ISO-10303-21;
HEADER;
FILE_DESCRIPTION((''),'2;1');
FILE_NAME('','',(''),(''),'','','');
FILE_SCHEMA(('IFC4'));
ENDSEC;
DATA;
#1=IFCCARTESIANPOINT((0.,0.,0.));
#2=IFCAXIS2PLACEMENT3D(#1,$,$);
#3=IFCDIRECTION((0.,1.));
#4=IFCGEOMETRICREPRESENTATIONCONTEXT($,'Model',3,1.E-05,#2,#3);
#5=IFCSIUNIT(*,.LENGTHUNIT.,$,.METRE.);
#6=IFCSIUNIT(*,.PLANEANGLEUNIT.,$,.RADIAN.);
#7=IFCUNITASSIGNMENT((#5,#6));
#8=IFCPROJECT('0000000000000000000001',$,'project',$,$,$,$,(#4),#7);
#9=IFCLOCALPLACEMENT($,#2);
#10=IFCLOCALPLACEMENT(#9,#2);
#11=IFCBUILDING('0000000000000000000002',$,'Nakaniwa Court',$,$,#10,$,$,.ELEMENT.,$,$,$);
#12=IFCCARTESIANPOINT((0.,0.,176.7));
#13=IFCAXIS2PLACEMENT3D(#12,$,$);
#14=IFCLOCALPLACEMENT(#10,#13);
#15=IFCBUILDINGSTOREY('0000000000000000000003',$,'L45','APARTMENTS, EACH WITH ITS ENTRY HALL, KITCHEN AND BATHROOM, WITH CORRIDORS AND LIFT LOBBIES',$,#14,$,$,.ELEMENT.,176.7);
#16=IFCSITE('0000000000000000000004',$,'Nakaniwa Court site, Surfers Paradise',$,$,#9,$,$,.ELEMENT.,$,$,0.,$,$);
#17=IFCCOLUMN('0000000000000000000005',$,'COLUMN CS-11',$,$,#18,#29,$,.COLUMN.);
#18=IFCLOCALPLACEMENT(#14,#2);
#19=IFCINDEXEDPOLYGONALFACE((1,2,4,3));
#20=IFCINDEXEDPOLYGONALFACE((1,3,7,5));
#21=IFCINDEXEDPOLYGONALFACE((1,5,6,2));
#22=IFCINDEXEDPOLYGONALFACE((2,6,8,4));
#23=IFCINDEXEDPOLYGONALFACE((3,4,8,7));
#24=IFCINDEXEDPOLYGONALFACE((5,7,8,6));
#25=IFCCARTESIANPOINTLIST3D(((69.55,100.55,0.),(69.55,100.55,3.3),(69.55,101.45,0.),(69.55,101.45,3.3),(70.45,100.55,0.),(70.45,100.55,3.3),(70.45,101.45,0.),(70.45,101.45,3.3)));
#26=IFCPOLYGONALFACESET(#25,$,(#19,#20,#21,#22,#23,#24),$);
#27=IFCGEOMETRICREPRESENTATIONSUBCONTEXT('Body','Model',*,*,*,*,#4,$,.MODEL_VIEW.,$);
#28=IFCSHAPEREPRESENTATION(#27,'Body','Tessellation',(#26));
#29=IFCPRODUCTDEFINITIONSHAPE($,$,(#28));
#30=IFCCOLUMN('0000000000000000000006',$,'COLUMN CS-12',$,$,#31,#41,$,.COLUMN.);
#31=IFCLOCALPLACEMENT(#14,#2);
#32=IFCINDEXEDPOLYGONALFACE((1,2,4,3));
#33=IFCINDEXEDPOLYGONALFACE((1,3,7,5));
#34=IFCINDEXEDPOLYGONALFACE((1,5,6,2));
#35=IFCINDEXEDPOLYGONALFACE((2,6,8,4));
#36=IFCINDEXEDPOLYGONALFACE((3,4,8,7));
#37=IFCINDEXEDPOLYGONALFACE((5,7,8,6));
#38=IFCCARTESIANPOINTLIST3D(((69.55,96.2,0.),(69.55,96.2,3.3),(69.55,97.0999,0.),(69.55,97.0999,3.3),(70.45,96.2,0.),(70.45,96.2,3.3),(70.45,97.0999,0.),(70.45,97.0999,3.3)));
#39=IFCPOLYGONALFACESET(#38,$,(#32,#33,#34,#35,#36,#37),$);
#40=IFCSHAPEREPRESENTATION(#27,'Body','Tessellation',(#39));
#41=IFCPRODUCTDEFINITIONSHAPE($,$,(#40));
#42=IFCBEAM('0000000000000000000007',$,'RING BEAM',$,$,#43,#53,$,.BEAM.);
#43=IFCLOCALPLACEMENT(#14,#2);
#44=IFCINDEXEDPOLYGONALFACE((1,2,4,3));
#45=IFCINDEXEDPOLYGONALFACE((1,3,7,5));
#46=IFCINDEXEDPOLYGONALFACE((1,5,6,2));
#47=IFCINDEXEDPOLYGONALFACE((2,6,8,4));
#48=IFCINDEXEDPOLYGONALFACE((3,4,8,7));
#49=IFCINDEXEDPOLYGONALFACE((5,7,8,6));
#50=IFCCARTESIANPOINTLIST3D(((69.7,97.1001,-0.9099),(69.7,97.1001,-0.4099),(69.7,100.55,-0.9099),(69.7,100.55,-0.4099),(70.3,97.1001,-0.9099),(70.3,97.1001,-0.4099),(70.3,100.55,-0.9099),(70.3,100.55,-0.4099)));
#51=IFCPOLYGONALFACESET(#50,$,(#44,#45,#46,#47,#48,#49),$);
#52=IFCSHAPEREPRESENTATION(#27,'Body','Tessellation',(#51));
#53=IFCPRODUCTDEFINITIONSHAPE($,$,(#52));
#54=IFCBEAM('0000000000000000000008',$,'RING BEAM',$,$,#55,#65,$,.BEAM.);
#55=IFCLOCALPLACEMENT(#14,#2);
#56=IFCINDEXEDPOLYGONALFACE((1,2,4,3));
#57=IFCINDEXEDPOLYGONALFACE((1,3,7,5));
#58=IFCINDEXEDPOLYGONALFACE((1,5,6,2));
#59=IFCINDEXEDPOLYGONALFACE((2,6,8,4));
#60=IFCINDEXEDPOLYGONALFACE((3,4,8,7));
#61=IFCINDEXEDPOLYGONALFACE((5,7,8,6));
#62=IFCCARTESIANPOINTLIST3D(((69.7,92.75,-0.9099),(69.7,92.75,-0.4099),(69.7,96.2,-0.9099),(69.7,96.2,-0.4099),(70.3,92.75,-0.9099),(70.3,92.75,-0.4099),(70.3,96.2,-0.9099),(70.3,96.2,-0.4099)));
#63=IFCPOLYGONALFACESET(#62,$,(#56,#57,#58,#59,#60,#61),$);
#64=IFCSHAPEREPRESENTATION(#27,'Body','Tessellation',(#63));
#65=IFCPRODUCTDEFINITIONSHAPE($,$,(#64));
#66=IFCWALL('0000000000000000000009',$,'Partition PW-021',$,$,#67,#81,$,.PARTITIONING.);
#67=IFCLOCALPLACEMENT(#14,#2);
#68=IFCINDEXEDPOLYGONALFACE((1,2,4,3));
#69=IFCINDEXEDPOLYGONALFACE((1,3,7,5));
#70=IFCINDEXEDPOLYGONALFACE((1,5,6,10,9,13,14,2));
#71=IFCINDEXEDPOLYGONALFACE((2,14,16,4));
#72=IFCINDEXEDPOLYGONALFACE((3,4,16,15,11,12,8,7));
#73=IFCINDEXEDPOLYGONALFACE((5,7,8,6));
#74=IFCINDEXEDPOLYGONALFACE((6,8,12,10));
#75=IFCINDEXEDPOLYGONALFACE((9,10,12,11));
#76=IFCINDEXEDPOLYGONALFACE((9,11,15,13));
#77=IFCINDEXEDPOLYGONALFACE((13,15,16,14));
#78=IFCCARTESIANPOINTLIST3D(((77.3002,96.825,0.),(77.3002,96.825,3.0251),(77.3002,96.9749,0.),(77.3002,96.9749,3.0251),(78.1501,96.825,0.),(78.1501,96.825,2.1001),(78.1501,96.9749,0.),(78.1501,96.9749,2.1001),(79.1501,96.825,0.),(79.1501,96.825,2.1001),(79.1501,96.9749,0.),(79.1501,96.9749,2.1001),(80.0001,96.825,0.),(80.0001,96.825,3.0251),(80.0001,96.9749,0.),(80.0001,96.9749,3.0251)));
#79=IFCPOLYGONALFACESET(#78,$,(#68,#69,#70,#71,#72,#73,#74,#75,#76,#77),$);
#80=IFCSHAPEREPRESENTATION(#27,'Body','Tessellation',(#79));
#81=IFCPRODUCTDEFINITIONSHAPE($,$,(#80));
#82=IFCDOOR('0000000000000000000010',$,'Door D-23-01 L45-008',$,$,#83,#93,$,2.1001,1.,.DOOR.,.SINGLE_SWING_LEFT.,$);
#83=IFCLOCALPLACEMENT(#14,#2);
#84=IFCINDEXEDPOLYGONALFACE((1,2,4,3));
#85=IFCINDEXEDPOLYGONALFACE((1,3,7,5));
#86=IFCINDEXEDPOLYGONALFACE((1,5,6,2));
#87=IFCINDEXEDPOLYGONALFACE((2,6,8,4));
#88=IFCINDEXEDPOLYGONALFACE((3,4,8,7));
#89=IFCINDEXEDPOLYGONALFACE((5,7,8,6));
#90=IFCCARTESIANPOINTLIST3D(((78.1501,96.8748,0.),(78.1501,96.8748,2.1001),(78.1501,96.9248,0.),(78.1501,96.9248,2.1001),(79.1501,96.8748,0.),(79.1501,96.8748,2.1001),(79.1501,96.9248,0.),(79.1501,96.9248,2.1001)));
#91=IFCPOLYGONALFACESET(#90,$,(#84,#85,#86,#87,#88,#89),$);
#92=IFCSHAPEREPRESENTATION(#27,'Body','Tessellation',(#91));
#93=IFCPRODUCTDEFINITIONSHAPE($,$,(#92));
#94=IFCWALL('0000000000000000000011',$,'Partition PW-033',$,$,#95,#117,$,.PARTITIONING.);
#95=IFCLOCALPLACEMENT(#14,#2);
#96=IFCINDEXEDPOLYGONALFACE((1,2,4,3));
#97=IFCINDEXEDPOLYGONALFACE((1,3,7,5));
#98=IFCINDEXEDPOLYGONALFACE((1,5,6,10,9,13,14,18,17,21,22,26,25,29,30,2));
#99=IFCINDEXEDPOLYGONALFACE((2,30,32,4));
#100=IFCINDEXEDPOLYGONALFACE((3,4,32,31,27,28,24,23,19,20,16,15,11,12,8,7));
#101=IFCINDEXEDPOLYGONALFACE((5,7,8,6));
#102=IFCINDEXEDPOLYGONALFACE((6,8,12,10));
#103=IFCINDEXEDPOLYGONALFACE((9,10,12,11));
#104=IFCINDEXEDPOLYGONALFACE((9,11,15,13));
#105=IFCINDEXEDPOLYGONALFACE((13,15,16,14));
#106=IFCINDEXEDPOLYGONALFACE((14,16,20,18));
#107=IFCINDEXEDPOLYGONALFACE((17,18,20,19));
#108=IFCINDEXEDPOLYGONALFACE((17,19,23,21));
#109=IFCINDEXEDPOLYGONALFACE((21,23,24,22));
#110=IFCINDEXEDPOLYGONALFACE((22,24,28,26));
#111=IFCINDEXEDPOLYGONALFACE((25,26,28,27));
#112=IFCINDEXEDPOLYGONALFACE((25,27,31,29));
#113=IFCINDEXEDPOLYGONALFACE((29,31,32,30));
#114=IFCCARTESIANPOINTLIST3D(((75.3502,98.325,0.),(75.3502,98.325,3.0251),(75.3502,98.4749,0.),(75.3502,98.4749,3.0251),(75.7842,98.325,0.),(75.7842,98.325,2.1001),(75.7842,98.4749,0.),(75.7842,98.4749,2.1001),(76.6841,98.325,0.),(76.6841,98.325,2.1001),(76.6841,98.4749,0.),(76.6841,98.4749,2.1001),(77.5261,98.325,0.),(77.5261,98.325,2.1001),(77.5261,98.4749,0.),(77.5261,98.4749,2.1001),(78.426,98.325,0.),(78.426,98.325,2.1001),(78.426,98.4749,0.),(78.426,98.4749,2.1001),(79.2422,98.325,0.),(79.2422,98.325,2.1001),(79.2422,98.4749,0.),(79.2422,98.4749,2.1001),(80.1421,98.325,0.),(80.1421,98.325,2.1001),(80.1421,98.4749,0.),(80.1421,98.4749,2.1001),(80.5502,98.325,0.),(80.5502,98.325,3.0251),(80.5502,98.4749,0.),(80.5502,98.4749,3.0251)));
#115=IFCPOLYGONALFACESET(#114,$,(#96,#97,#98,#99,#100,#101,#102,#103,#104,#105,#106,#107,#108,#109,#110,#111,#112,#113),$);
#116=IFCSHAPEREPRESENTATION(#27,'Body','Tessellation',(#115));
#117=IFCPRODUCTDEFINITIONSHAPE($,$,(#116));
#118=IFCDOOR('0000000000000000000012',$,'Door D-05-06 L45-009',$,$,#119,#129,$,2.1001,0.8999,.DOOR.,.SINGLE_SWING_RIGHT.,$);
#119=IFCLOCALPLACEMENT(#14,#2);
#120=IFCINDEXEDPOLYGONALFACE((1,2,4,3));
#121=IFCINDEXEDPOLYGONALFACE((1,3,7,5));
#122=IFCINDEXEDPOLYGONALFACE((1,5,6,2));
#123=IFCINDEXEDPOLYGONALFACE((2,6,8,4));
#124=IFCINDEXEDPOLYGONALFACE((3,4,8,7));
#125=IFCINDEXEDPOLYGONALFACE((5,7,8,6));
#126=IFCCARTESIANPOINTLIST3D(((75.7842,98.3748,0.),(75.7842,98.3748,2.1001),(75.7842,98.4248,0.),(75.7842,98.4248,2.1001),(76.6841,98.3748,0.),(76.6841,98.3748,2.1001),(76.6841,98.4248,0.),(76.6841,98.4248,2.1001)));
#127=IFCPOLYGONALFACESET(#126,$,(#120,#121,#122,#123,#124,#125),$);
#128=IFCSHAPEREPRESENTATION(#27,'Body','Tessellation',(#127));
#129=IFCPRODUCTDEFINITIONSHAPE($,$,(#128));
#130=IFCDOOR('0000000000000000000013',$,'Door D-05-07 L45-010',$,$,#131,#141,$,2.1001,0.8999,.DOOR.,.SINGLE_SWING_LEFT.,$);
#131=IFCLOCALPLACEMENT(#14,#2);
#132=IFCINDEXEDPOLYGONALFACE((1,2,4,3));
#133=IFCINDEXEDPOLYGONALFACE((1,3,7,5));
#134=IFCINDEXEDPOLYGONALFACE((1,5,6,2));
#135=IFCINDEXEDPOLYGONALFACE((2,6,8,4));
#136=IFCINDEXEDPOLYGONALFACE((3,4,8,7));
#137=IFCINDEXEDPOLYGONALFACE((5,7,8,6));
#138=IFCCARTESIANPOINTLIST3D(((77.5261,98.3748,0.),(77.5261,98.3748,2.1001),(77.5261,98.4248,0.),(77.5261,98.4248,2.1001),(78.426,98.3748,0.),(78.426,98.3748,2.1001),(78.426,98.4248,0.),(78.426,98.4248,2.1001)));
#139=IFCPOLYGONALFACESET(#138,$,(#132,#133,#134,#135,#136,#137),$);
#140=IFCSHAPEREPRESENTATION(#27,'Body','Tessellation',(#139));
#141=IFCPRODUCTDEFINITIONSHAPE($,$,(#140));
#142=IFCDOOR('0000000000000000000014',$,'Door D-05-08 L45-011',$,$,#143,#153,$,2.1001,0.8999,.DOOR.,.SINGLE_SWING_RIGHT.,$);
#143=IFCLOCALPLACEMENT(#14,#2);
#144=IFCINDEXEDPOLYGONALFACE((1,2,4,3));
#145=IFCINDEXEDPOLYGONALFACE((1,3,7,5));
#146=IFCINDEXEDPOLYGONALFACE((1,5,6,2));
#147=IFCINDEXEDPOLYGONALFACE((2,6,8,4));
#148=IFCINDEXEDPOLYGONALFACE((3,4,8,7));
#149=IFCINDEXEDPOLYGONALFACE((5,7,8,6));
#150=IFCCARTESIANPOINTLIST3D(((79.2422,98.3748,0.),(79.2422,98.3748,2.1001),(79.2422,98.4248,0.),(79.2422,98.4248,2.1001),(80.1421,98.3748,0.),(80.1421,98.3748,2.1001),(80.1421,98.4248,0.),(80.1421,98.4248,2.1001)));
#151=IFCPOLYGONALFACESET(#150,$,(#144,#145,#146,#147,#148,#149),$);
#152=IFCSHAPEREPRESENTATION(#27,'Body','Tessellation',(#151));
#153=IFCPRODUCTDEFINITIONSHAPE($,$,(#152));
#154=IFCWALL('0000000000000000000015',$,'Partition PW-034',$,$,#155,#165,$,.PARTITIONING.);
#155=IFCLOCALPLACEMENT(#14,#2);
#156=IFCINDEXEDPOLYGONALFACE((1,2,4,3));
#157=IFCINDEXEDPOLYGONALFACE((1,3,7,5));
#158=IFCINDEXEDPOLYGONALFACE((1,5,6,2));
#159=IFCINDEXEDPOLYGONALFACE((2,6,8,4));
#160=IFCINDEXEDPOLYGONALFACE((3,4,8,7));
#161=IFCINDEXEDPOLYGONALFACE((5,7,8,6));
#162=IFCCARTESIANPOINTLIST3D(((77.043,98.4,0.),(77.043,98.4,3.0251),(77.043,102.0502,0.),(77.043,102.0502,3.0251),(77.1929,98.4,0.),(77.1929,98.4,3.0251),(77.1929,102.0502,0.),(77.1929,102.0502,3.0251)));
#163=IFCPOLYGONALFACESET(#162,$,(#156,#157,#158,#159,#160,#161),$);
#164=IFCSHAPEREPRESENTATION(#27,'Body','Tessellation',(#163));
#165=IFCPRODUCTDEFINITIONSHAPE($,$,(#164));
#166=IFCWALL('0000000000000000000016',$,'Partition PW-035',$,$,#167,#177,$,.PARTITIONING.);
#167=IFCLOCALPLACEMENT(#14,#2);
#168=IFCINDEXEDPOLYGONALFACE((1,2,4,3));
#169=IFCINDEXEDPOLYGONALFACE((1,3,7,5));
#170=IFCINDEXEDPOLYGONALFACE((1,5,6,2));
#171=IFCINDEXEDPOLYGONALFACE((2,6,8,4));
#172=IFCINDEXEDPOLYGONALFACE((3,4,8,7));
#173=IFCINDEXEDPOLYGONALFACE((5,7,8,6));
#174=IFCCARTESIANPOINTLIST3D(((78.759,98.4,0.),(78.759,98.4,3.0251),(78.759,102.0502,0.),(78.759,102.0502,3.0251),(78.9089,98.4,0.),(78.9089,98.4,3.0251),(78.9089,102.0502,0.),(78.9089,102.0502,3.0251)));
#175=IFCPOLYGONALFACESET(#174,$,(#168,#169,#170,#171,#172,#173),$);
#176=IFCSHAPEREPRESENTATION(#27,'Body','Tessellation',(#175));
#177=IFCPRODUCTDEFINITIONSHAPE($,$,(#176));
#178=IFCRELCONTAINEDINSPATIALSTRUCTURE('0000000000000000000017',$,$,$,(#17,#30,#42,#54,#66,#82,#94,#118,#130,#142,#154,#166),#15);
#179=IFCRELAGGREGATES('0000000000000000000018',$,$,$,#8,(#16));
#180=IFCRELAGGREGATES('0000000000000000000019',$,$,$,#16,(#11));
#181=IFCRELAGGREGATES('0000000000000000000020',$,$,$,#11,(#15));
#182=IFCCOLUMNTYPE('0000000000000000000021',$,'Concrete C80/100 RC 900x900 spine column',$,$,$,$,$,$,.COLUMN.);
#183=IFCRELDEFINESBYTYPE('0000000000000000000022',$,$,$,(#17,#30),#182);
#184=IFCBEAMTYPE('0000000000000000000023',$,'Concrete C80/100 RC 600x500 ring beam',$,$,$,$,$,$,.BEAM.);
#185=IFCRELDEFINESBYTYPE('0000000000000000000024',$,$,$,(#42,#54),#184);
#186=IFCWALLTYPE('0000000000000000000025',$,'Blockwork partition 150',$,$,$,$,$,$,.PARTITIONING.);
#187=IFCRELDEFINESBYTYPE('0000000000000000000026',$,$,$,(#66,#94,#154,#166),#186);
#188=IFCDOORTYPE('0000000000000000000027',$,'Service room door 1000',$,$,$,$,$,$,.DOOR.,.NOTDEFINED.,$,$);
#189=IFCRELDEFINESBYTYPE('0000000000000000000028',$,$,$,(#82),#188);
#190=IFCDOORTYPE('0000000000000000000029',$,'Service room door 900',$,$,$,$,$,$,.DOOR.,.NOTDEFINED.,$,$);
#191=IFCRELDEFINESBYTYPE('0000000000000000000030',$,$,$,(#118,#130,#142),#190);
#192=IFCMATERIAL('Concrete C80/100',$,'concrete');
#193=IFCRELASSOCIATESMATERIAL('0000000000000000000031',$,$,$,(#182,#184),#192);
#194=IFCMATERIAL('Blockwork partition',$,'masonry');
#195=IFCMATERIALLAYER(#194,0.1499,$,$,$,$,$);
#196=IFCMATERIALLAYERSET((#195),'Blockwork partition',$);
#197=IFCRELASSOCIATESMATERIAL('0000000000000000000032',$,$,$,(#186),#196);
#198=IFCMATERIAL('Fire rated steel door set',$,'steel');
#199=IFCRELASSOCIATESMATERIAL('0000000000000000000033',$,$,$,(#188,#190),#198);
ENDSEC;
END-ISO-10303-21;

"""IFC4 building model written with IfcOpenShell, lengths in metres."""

from ifc_helpers import new_model, si_unit, direction, frame, frame_2d, origin, origin_2d, place, context, subcontext, project, spatial, rectangle, extrude, material, layer, layer_set, material_profile, profile_set, type_object, element, fill, save


model = new_model("IFC4")

# Units and contexts
model_context = context("Model", 3, precision=1e-05, world=origin(), true_north=direction((0.0, 1.0)))
body_context = subcontext(model_context, "Body", "Model", "MODEL_VIEW")
ifc_project = project(units=[si_unit("LENGTHUNIT", "METRE"), si_unit("PLANEANGLEUNIT", "RADIAN")], contexts=[model_context])

# Site, building, storey
site_placement = place(None, origin())
site = spatial("IfcSite", under=ifc_project, at=site_placement, Name="Nakaniwa Court site, Surfers Paradise", CompositionType="ELEMENT", RefElevation=0.0)
building_placement = place(site_placement, origin())
building = spatial("IfcBuilding", under=site, at=building_placement, Name="Nakaniwa Court", CompositionType="ELEMENT")
storey_placement = place(building_placement, frame((0.0, 0.0, 176.7)))
storey = spatial("IfcBuildingStorey", under=building, at=storey_placement, Name="L45", Description="APARTMENTS, EACH WITH ITS ENTRY HALL, KITCHEN AND BATHROOM, WITH CORRIDORS AND LIFT LOBBIES", CompositionType="ELEMENT", Elevation=176.7)

# Columns
ifc_material_1 = material(Name="Concrete C80/100", Category="concrete")
ifc_material_profile_1 = material_profile(ifc_material_1, rectangle(XDim=0.8999, YDim=0.8999, at=origin_2d()), Name="Concrete C80/100 RC 900x900 spine column")
ifc_profile_set_1 = profile_set([ifc_material_profile_1], Name="Concrete C80/100")
column_type = type_object("IfcColumnType", Name="Concrete C80/100 RC 900x900 spine column", PredefinedType="COLUMN", material=ifc_profile_set_1)
for number, where, z_axis, x_axis, name in (
    (1, (70.0, 101.0, 0.0), (0.0, 0.0, 1.0), (0.0, -1.0, 0.0), "COLUMN CS-11"),
    (2, (70.0, 96.6499, 0.0), (0.0, 0.0, 1.0), (0.0, -1.0, 0.0), "COLUMN CS-12"),
):
    element("IfcColumn", number, at=place(storey_placement, frame(where, z_axis=z_axis, x_axis=x_axis)), inside=storey, type_object=column_type, Name=name, PredefinedType="COLUMN", context=body_context, shape_type="SweptSolid", body=[
        extrude(rectangle(XDim=0.8999, YDim=0.8999, at=origin_2d()), origin(), (0.0, 0.0, 1.0), 3.3),
    ])

# Beams
ifc_material_profile_2 = material_profile(ifc_material_1, rectangle(XDim=0.6001, YDim=0.5, at=origin_2d()), Name="Concrete C80/100 RC 600x500 ring beam")
ifc_profile_set_2 = profile_set([ifc_material_profile_2], Name="Concrete C80/100")
beam_type = type_object("IfcBeamType", Name="Concrete C80/100 RC 600x500 ring beam", PredefinedType="BEAM", material=ifc_profile_set_2)
for number, where, z_axis, x_axis, name in (
    (3, (70.0, 100.55, -0.6599), (0.0, -1.0, 0.0), (1.0, 0.0, 0.0), "RING BEAM"),
    (4, (70.0, 96.2, -0.6599), (0.0, -1.0, 0.0), (1.0, 0.0, 0.0), "RING BEAM"),
):
    element("IfcBeam", number, at=place(storey_placement, frame(where, z_axis=z_axis, x_axis=x_axis)), inside=storey, type_object=beam_type, Name=name, PredefinedType="BEAM", context=body_context, shape_type="SweptSolid", body=[
        extrude(rectangle(XDim=0.6001, YDim=0.5, at=origin_2d()), origin(), (0.0, 0.0, 1.0), 3.45),
    ])

# Wall, opening, door
ifc_material_2 = material(Name="Blockwork partition", Category="masonry")
ifc_layer_1 = layer(ifc_material_2, 0.1499)
ifc_layer_set_1 = layer_set([ifc_layer_1], Name="Blockwork partition")
wall_type_1 = type_object("IfcWallType", Name="Blockwork partition 150", PredefinedType="PARTITIONING", material=ifc_layer_set_1)
wall_1_placement = place(storey_placement, frame((77.3, 96.8999, 0.0), z_axis=(0.0, 0.0, 1.0), x_axis=(1.0, 0.0, 0.0)))
wall_1 = element("IfcWall", 5, at=wall_1_placement, inside=storey, type_object=wall_type_1, Name="Partition PW-021", PredefinedType="PARTITIONING", context=body_context, shape_type="SweptSolid", body=[
    extrude(rectangle(XDim=2.7, YDim=0.1499, at=frame_2d((1.3501, 0.0))), origin(), (0.0, 0.0, 1.0), 3.0251),
])
opening_1_placement = place(wall_1_placement, frame((0.8501, 0.0, 0.0)))
opening_1 = element("IfcOpeningElement", 6, at=opening_1_placement, cuts=wall_1, PredefinedType="OPENING", context=body_context, shape_type="SweptSolid", body=[
    extrude(rectangle(XDim=1.0, YDim=2.1001, at=frame_2d((0.5, 1.05))), frame((0.0, 0.085, 0.0), z_axis=(0.0, -1.0, 0.0), x_axis=(1.0, 0.0, 0.0)), (0.0, 0.0, 1.0), 0.1699),
])
ifc_material_3 = material(Name="Fire rated steel door set", Category="steel")
door_type_1 = type_object("IfcDoorType", Name="Service room door 1000", OperationType="NOTDEFINED", PredefinedType="DOOR", material=ifc_material_3)
door_1_placement = place(opening_1_placement, origin())
door_1 = element("IfcDoor", 7, at=door_1_placement, inside=storey, type_object=door_type_1, Name="Door D-23-01 L45-008", OperationType="SINGLE_SWING_LEFT", OverallHeight=2.1001, OverallWidth=1.0, PredefinedType="DOOR", context=body_context, shape_type="SweptSolid", body=[
    extrude(rectangle(XDim=1.0, YDim=2.1001, at=frame_2d((0.5, 1.05))), frame((0.0, 0.0249, 0.0), z_axis=(0.0, -1.0, 0.0), x_axis=(1.0, 0.0, 0.0)), (0.0, 0.0, 1.0), 0.05),
])
fill(opening_1, door_1)

# Wall, openings, doors
wall_2_placement = place(storey_placement, frame((75.3501, 98.3999, 0.0), z_axis=(0.0, 0.0, 1.0), x_axis=(1.0, 0.0, 0.0)))
wall_2 = element("IfcWall", 8, at=wall_2_placement, inside=storey, type_object=wall_type_1, Name="Partition PW-033", PredefinedType="PARTITIONING", context=body_context, shape_type="SweptSolid", body=[
    extrude(rectangle(XDim=5.2, YDim=0.1499, at=frame_2d((2.6001, 0.0))), origin(), (0.0, 0.0, 1.0), 3.0251),
])
opening_2_placement = place(wall_2_placement, frame((0.4341, 0.0, 0.0)))
opening_2 = element("IfcOpeningElement", 9, at=opening_2_placement, cuts=wall_2, PredefinedType="OPENING", context=body_context, shape_type="SweptSolid", body=[
    extrude(rectangle(XDim=0.8999, YDim=2.1001, at=frame_2d((0.45, 1.05))), frame((0.0, 0.085, 0.0), z_axis=(0.0, -1.0, 0.0), x_axis=(1.0, 0.0, 0.0)), (0.0, 0.0, 1.0), 0.1699),
])
opening_3_placement = place(wall_2_placement, frame((2.176, 0.0, 0.0)))
opening_3 = element("IfcOpeningElement", 10, at=opening_3_placement, cuts=wall_2, PredefinedType="OPENING", context=body_context, shape_type="SweptSolid", body=[
    extrude(rectangle(XDim=0.8999, YDim=2.1001, at=frame_2d((0.45, 1.05))), frame((0.0, 0.085, 0.0), z_axis=(0.0, -1.0, 0.0), x_axis=(1.0, 0.0, 0.0)), (0.0, 0.0, 1.0), 0.1699),
])
opening_4_placement = place(wall_2_placement, frame((3.8921, 0.0, 0.0)))
opening_4 = element("IfcOpeningElement", 11, at=opening_4_placement, cuts=wall_2, PredefinedType="OPENING", context=body_context, shape_type="SweptSolid", body=[
    extrude(rectangle(XDim=0.8999, YDim=2.1001, at=frame_2d((0.45, 1.05))), frame((0.0, 0.085, 0.0), z_axis=(0.0, -1.0, 0.0), x_axis=(1.0, 0.0, 0.0)), (0.0, 0.0, 1.0), 0.1699),
])
door_type_2 = type_object("IfcDoorType", Name="Service room door 900", OperationType="NOTDEFINED", PredefinedType="DOOR", material=ifc_material_3)
door_2_placement = place(opening_2_placement, origin())
door_2 = element("IfcDoor", 12, at=door_2_placement, inside=storey, type_object=door_type_2, Name="Door D-05-06 L45-009", OperationType="SINGLE_SWING_RIGHT", OverallHeight=2.1001, OverallWidth=0.8999, PredefinedType="DOOR", context=body_context, shape_type="SweptSolid", body=[
    extrude(rectangle(XDim=0.8999, YDim=2.1001, at=frame_2d((0.45, 1.05))), frame((0.0, 0.0249, 0.0), z_axis=(0.0, -1.0, 0.0), x_axis=(1.0, 0.0, 0.0)), (0.0, 0.0, 1.0), 0.05),
])
fill(opening_2, door_2)
door_3_placement = place(opening_3_placement, origin())
door_3 = element("IfcDoor", 13, at=door_3_placement, inside=storey, type_object=door_type_2, Name="Door D-05-07 L45-010", OperationType="SINGLE_SWING_LEFT", OverallHeight=2.1001, OverallWidth=0.8999, PredefinedType="DOOR", context=body_context, shape_type="SweptSolid", body=[
    extrude(rectangle(XDim=0.8999, YDim=2.1001, at=frame_2d((0.45, 1.05))), frame((0.0, 0.0249, 0.0), z_axis=(0.0, -1.0, 0.0), x_axis=(1.0, 0.0, 0.0)), (0.0, 0.0, 1.0), 0.05),
])
fill(opening_3, door_3)
door_4_placement = place(opening_4_placement, origin())
door_4 = element("IfcDoor", 14, at=door_4_placement, inside=storey, type_object=door_type_2, Name="Door D-05-08 L45-011", OperationType="SINGLE_SWING_RIGHT", OverallHeight=2.1001, OverallWidth=0.8999, PredefinedType="DOOR", context=body_context, shape_type="SweptSolid", body=[
    extrude(rectangle(XDim=0.8999, YDim=2.1001, at=frame_2d((0.45, 1.05))), frame((0.0, 0.0249, 0.0), z_axis=(0.0, -1.0, 0.0), x_axis=(1.0, 0.0, 0.0)), (0.0, 0.0, 1.0), 0.05),
])
fill(opening_4, door_4)

# Walls
for number, where, z_axis, x_axis, name in (
    (15, (77.1179, 98.3999, 0.0), (0.0, 0.0, 1.0), (0.0, 1.0, 0.0), "Partition PW-034"),
    (16, (78.834, 98.3999, 0.0), (0.0, 0.0, 1.0), (0.0, 1.0, 0.0), "Partition PW-035"),
):
    element("IfcWall", number, at=place(storey_placement, frame(where, z_axis=z_axis, x_axis=x_axis)), inside=storey, type_object=wall_type_1, Name=name, PredefinedType="PARTITIONING", context=body_context, shape_type="SweptSolid", body=[
        extrude(rectangle(XDim=3.6501, YDim=0.1499, at=frame_2d((1.8252, 0.0))), origin(), (0.0, 0.0, 1.0), 3.0251),
    ])

save(model, "model.ifc")
